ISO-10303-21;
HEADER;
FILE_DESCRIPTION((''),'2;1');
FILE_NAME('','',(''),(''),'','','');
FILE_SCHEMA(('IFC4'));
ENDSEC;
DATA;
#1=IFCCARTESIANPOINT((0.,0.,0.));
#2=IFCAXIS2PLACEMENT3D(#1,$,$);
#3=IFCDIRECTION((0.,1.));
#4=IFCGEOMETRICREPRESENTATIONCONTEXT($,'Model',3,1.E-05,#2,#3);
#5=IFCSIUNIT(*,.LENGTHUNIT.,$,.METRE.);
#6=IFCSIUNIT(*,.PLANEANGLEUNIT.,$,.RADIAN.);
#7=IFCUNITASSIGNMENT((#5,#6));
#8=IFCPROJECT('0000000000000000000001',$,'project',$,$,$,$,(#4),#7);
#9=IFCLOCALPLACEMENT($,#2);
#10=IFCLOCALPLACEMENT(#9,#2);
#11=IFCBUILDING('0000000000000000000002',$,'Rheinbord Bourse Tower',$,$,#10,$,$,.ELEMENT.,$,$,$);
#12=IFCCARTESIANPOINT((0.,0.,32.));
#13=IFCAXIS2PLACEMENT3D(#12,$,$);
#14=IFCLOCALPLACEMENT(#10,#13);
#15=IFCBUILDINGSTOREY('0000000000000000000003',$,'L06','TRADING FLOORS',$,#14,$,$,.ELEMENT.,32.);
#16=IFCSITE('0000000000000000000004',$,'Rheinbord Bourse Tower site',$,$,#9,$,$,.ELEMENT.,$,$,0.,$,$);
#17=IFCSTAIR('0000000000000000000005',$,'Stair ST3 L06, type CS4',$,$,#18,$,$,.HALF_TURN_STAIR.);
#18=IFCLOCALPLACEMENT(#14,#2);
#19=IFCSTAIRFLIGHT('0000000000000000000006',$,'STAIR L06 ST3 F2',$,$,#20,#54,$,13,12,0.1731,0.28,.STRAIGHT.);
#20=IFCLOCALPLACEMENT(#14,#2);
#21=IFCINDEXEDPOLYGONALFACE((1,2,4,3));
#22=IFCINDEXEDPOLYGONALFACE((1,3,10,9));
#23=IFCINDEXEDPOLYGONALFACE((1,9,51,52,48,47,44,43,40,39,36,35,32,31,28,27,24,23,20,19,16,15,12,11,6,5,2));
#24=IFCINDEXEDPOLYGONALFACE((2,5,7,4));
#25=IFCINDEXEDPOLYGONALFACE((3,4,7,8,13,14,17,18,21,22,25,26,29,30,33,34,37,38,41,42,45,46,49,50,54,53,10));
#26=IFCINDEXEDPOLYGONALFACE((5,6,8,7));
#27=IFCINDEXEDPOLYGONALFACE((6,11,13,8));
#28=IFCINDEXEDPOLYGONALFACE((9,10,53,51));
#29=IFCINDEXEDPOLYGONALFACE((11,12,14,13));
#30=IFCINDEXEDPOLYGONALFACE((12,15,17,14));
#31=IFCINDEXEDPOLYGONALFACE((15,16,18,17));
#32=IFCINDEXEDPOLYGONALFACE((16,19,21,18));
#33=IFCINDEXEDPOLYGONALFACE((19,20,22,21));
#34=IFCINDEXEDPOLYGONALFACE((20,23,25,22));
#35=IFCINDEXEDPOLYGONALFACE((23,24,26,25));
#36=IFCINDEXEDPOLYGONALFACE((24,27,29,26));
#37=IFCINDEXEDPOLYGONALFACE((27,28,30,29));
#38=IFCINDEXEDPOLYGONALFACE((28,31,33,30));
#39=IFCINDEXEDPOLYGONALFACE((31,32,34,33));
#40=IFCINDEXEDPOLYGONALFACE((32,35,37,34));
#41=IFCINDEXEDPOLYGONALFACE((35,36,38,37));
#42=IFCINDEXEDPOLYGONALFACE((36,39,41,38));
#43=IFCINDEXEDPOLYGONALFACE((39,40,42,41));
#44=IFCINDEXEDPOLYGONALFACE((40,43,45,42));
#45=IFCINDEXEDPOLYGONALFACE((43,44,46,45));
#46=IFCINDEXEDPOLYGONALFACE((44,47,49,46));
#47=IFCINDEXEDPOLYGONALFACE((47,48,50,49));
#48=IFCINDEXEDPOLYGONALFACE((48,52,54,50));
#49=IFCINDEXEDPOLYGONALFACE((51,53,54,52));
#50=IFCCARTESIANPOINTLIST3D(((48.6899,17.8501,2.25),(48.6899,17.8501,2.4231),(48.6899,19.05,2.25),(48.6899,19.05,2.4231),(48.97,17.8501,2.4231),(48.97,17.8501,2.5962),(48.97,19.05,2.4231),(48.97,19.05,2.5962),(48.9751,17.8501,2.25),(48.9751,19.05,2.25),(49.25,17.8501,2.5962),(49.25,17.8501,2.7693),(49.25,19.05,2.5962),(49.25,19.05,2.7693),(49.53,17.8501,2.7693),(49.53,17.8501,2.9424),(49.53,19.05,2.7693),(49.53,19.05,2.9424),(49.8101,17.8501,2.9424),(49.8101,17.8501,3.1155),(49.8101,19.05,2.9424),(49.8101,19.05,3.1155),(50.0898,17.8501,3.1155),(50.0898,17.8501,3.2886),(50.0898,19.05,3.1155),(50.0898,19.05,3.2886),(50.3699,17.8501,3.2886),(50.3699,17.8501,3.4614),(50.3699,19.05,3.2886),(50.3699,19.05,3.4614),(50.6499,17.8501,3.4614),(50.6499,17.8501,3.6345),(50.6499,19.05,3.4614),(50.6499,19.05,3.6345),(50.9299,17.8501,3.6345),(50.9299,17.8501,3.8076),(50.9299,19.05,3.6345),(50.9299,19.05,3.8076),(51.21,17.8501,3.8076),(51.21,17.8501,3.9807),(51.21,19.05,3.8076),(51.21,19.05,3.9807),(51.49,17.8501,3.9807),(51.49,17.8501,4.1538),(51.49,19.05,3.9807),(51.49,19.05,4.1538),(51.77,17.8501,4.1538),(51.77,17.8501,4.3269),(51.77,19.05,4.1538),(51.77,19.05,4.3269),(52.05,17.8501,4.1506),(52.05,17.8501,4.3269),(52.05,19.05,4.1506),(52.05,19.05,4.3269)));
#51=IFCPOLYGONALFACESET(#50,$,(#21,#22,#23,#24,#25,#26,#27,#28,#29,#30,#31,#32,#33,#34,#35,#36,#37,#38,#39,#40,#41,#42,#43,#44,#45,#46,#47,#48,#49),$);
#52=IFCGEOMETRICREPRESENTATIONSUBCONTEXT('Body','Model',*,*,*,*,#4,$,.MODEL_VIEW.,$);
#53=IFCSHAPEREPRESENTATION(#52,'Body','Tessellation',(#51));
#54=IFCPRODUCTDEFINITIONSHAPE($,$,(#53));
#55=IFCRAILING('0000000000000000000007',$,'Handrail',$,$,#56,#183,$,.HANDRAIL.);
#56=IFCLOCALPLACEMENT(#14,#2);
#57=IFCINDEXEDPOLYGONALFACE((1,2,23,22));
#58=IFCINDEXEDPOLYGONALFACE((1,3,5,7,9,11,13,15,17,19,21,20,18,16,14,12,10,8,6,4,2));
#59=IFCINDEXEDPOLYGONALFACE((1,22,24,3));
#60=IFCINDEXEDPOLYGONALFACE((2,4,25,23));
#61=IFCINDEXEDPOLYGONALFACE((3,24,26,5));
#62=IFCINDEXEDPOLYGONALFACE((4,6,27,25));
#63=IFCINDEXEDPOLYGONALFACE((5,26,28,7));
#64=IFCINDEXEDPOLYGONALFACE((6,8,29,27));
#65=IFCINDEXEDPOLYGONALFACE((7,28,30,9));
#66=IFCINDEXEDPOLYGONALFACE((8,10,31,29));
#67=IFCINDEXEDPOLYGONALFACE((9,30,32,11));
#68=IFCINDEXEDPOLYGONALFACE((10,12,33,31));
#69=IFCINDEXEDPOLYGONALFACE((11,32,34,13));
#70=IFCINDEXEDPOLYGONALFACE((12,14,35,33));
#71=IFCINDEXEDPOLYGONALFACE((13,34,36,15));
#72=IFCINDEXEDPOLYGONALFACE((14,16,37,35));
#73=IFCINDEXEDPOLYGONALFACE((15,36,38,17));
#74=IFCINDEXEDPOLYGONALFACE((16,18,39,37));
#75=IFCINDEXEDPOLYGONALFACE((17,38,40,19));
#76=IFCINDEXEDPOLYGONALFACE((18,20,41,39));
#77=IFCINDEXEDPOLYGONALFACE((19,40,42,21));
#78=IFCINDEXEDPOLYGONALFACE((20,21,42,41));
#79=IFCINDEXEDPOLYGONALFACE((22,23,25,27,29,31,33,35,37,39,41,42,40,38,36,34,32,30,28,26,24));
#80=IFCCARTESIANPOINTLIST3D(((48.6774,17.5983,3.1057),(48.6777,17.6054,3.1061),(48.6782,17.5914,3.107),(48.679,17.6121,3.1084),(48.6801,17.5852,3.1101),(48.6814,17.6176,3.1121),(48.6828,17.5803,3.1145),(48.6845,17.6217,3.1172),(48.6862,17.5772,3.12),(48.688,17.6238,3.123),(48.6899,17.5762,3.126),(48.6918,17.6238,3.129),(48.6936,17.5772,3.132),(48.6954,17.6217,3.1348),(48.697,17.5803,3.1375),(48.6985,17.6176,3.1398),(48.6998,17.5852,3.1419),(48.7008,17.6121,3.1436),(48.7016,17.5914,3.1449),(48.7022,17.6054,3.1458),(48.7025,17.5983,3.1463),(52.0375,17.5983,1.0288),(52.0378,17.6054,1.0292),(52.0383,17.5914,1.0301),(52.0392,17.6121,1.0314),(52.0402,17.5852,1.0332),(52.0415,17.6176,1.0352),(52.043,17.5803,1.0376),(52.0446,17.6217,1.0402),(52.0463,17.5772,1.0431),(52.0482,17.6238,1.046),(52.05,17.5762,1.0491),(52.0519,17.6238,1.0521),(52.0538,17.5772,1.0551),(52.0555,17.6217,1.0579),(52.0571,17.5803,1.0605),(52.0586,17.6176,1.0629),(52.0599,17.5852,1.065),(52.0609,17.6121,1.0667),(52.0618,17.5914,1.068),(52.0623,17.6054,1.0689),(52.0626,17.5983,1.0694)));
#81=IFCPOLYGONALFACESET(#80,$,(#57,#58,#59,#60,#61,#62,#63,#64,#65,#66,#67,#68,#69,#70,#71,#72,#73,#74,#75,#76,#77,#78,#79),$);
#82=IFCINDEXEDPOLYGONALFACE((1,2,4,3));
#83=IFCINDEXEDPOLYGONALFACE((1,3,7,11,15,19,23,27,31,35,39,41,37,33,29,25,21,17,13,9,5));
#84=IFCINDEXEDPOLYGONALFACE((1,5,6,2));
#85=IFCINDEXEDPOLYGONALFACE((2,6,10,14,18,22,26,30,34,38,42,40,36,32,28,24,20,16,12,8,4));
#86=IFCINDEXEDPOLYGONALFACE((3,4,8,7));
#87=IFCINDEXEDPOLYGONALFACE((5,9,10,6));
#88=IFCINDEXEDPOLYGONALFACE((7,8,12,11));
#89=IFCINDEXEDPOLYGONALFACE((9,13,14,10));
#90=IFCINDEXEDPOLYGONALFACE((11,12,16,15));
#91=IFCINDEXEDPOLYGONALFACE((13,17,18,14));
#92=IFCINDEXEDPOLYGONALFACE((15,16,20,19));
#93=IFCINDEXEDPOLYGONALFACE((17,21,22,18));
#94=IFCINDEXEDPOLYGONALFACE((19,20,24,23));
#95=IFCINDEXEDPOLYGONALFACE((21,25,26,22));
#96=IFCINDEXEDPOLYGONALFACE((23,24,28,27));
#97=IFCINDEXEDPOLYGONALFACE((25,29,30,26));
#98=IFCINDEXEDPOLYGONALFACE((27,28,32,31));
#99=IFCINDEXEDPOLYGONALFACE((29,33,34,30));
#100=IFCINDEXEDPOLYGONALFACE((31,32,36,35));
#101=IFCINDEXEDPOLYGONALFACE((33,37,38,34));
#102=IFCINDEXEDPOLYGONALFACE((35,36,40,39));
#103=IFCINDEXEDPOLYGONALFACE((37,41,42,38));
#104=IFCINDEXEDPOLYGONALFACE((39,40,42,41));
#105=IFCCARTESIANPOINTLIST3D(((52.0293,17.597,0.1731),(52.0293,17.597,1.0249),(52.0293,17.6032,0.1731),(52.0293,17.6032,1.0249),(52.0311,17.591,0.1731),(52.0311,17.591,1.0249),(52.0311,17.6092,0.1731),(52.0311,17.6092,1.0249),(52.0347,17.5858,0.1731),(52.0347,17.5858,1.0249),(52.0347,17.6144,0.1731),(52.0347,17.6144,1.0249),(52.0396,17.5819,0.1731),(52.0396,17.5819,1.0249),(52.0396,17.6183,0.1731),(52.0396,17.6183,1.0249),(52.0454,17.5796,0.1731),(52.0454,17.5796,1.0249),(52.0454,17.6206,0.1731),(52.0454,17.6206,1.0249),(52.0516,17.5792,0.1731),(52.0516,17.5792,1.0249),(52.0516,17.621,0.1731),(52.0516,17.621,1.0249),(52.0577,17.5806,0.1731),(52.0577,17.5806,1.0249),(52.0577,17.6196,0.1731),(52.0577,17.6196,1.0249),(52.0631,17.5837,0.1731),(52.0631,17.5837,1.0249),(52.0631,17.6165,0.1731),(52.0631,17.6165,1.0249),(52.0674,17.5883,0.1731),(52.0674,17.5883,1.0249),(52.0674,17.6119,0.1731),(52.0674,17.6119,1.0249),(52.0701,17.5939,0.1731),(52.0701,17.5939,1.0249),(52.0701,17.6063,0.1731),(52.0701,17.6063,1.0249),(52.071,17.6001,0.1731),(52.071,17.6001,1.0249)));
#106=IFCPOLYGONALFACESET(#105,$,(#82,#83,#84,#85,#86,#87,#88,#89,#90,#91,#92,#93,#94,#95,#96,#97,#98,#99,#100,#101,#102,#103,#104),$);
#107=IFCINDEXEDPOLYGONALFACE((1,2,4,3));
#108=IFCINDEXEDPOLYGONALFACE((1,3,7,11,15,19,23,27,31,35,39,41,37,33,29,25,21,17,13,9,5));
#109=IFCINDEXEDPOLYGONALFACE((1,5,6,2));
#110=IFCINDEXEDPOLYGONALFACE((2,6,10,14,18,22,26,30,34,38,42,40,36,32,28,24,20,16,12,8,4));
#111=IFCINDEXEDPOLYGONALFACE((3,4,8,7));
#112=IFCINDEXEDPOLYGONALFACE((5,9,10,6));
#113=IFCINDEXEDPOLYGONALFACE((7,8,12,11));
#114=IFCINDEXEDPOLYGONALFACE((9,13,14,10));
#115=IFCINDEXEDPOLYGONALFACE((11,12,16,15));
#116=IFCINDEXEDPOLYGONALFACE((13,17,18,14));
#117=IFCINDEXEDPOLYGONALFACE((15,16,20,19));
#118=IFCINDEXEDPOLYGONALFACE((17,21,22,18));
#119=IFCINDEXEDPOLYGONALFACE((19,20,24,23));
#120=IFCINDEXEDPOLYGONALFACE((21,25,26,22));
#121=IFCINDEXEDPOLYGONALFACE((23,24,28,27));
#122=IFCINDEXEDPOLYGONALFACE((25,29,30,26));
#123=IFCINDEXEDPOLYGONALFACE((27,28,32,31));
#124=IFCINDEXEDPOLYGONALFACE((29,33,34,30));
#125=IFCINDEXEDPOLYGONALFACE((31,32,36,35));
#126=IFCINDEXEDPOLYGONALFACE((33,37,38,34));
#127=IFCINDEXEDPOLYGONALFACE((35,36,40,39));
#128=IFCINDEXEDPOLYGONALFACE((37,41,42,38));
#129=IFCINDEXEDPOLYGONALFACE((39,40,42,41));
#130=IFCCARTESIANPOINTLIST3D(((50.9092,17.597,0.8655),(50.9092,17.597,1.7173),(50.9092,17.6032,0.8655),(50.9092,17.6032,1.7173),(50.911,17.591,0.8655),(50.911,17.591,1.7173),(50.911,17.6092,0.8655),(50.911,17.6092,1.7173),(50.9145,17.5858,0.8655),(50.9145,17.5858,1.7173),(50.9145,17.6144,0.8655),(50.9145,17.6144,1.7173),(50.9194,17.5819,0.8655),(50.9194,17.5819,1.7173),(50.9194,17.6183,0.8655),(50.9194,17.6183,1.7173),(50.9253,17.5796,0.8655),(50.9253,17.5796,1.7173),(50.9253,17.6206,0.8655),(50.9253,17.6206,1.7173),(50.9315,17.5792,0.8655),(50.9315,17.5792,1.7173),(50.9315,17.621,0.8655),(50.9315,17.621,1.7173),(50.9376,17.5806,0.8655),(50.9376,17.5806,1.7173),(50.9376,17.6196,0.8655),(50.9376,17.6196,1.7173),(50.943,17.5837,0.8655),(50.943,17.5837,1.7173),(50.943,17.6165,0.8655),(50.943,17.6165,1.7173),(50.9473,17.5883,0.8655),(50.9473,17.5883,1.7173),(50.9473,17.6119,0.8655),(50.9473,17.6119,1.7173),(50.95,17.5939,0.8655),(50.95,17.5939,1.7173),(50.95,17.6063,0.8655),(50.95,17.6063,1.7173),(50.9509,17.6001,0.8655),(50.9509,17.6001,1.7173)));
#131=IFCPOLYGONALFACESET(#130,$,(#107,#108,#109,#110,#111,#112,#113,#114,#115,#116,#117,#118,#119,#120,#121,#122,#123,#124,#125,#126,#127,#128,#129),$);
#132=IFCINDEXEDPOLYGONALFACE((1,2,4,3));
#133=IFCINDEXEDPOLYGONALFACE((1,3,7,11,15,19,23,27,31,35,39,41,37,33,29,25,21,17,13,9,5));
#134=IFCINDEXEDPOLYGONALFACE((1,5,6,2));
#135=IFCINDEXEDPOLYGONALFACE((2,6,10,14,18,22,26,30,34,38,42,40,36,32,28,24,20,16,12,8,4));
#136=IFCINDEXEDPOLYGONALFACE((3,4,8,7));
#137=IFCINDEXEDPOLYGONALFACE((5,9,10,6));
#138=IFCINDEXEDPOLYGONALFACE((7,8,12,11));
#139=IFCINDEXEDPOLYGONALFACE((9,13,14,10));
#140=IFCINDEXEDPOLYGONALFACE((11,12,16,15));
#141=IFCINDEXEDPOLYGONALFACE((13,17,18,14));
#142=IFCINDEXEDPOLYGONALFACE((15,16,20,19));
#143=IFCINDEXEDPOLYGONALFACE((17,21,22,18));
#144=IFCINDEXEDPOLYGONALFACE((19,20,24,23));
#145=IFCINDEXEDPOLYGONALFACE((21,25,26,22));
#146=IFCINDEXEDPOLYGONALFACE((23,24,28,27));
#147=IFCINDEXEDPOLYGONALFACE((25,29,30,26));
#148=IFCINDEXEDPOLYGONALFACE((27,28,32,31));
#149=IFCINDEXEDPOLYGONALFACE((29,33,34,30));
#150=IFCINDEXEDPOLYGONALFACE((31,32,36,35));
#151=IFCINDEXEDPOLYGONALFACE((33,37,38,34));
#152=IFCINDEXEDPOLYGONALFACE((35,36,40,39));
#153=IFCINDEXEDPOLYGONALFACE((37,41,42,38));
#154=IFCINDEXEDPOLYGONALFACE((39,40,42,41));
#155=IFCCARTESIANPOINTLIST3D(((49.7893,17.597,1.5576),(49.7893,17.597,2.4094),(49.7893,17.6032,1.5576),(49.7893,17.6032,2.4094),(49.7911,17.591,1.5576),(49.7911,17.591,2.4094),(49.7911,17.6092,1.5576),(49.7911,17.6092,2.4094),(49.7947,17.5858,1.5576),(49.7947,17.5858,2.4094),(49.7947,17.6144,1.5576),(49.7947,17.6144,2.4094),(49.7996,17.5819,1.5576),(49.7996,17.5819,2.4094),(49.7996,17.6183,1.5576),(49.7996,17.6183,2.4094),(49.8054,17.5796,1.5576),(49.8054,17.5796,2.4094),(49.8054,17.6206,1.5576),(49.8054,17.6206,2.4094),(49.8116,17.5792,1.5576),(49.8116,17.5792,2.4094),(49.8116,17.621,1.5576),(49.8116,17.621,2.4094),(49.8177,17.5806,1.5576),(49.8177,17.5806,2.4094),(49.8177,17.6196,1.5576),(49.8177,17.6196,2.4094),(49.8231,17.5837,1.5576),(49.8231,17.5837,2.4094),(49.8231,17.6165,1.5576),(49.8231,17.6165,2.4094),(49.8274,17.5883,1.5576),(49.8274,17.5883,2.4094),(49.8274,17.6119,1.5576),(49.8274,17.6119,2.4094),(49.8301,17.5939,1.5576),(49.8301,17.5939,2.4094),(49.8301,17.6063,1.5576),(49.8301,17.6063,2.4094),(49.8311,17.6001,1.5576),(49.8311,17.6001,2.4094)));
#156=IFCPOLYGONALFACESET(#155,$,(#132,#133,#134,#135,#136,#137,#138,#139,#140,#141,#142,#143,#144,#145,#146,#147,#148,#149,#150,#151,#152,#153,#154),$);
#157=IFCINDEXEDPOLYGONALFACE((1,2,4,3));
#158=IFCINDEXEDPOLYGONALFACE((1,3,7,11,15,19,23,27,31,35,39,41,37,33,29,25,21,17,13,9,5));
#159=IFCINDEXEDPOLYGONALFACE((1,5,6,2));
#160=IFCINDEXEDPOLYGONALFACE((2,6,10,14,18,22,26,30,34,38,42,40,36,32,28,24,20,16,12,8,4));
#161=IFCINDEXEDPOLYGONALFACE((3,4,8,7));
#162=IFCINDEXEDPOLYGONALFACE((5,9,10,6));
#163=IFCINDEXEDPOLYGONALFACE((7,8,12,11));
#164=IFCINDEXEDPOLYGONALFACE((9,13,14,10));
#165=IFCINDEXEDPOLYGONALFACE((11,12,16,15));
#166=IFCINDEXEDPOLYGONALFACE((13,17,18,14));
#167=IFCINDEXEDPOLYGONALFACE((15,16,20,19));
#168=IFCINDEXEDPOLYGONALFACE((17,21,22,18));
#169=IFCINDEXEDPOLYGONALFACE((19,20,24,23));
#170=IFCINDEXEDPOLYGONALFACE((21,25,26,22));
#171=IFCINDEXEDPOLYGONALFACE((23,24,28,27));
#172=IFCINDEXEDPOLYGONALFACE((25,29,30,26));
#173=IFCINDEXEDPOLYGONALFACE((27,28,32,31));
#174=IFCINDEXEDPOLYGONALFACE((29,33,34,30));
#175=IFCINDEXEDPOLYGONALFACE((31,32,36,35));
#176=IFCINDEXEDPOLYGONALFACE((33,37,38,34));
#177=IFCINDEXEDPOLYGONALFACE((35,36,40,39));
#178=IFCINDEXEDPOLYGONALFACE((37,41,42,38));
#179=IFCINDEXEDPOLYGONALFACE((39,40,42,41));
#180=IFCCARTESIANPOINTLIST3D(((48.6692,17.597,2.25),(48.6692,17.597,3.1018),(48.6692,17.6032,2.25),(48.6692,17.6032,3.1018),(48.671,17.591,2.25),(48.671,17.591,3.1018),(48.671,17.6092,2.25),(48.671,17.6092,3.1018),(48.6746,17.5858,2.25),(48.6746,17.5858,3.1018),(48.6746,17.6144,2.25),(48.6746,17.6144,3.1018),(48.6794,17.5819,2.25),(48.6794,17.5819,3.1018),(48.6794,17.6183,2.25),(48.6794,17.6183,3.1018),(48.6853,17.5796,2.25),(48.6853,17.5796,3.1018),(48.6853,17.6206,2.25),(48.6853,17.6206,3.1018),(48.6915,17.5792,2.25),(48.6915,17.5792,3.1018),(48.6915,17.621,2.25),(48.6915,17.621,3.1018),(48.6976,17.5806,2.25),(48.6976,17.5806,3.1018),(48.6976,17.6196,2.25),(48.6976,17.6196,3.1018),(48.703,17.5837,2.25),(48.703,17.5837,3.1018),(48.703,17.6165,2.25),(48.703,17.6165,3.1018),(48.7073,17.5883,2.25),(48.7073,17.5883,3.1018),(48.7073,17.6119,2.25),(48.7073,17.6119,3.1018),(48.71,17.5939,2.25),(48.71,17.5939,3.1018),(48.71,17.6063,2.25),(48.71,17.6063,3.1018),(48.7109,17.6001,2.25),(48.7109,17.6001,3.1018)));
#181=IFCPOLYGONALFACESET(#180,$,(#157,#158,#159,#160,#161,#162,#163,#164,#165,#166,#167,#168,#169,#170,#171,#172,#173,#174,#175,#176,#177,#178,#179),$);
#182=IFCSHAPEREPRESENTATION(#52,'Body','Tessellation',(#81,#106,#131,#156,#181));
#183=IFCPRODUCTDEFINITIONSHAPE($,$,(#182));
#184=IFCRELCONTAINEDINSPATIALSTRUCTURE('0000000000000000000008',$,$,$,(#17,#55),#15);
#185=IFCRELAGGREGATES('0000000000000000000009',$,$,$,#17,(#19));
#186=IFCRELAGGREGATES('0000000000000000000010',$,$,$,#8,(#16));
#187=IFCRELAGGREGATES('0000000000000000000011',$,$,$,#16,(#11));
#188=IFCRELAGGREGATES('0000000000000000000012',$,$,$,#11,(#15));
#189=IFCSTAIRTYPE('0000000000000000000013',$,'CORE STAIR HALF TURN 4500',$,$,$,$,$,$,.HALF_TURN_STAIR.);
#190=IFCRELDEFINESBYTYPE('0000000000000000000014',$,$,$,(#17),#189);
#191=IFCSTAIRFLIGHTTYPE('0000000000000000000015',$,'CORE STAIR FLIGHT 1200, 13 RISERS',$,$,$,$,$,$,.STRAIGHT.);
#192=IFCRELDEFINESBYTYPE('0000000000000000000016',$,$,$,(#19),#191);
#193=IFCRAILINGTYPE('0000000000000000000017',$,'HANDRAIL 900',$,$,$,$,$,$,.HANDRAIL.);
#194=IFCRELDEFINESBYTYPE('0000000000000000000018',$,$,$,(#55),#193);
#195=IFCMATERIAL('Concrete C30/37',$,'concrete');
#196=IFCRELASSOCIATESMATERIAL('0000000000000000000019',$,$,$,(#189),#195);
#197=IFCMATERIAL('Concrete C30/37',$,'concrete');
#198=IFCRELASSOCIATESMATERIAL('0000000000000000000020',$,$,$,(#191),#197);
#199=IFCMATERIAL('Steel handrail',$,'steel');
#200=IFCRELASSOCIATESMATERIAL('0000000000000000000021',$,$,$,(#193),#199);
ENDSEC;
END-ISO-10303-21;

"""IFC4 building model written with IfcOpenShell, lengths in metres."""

from ifc_helpers import new_model, si_unit, direction, frame, origin, origin_2d, place, context, subcontext, project, spatial, polyline, circle, outline, extrude, material, type_object, element, aggregate, save


model = new_model("IFC4")

# Units and contexts
model_context = context("Model", 3, precision=1e-05, world=origin(), true_north=direction((0.0, 1.0)))
body_context = subcontext(model_context, "Body", "Model", "MODEL_VIEW")
ifc_project = project(units=[si_unit("LENGTHUNIT", "METRE"), si_unit("PLANEANGLEUNIT", "RADIAN")], contexts=[model_context])

# Site, building, storey
site_placement = place(None, origin())
site = spatial("IfcSite", under=ifc_project, at=site_placement, Name="Rheinbord Bourse Tower site", CompositionType="ELEMENT", RefElevation=0.0)
building_placement = place(site_placement, origin())
building = spatial("IfcBuilding", under=site, at=building_placement, Name="Rheinbord Bourse Tower", CompositionType="ELEMENT")
storey_placement = place(building_placement, frame((0.0, 0.0, 32.0)))
storey = spatial("IfcBuildingStorey", under=building, at=storey_placement, Name="L06", Description="TRADING FLOORS", CompositionType="ELEMENT", Elevation=32.0)

# Stair, stair flight
ifc_material_1 = material(Name="Concrete C30/37", Category="concrete")
stair_type = type_object("IfcStairType", Name="CORE STAIR HALF TURN 4500", PredefinedType="HALF_TURN_STAIR", material=ifc_material_1)
stair_placement = place(storey_placement, origin())
stair = element("IfcStair", 1, at=stair_placement, inside=storey, type_object=stair_type, Name="Stair ST3 L06, type CS4", PredefinedType="HALF_TURN_STAIR")
ifc_material_2 = material(Name="Concrete C30/37", Category="concrete")
stair_flight_type = type_object("IfcStairFlightType", Name="CORE STAIR FLIGHT 1200, 13 RISERS", PredefinedType="STRAIGHT", material=ifc_material_2)
stair_flight_1_placement = place(storey_placement, frame((48.6899, 18.45, 2.25), z_axis=(0.0, 0.0, 1.0), x_axis=(1.0, 0.0, 0.0)))
stair_flight_1 = element("IfcStairFlight", 2, at=stair_flight_1_placement, type_object=stair_flight_type, Name="STAIR L06 ST3 F2", NumberOfRisers=13, NumberOfTreads=12, PredefinedType="STRAIGHT", RiserHeight=0.1731, TreadLength=0.28, context=body_context, shape_type="SweptSolid", body=[
    extrude(outline(polyline([(0.0, 0.0), (0.0, 0.1731), (0.28, 0.1731), (0.28, 0.3462), (0.5601, 0.3462), (0.5601, 0.5193), (0.8401, 0.5193), (0.8401, 0.6924), (1.1201, 0.6924), (1.1201, 0.8655), (1.3999, 0.8655), (1.3999, 1.0386), (1.6799, 1.0386), (1.6799, 1.2114), (1.96, 1.2114), (1.96, 1.3845), (2.24, 1.3845), (2.24, 1.5576), (2.52, 1.5576), (2.52, 1.7307), (2.8, 1.7307), (2.8, 1.9038), (3.0801, 1.9038), (3.0801, 2.0769), (3.3601, 2.0769), (3.3601, 2.25), (3.3601, 1.9006), (0.2852, 0.0), (0.0, 0.0)])), frame((0.0, 0.6001, 0.0), z_axis=(0.0, -1.0, 0.0), x_axis=(1.0, 0.0, 0.0)), (0.0, 0.0, 1.0), 1.2),
])
aggregate(stair, [stair_flight_1])

# Railing
ifc_material_3 = material(Name="Steel handrail", Category="steel")
railing_type = type_object("IfcRailingType", Name="HANDRAIL 900", PredefinedType="HANDRAIL", material=ifc_material_3)
railing_1_placement = place(storey_placement, frame((52.05, 17.6001, 0.1731)))
element("IfcRailing", 3, at=railing_1_placement, inside=storey, type_object=railing_type, Name="Handrail", PredefinedType="HANDRAIL", context=body_context, shape_type="SweptSolid", body=[
    extrude(circle(Radius=0.0239, at=origin_2d()), frame((0.0, 0.0, 0.876), z_axis=(-0.850623, 0.0, 0.525776), x_axis=(0.0, -1.0, 0.0)), (0.0, 0.0, 1.0), 3.9502),
    extrude(circle(Radius=0.021, at=origin_2d()), origin(), (0.0, 0.0, 1.0), 0.8518),
    extrude(circle(Radius=0.021, at=origin_2d()), frame((-1.1201, 0.0, 0.6924)), (0.0, 0.0, 1.0), 0.8518),
    extrude(circle(Radius=0.021, at=origin_2d()), frame((-2.24, 0.0, 1.3845)), (0.0, 0.0, 1.0), 0.8518),
    extrude(circle(Radius=0.021, at=origin_2d()), frame((-3.3601, 0.0, 2.0769)), (0.0, 0.0, 1.0), 0.8518),
])

save(model, "model.ifc")
